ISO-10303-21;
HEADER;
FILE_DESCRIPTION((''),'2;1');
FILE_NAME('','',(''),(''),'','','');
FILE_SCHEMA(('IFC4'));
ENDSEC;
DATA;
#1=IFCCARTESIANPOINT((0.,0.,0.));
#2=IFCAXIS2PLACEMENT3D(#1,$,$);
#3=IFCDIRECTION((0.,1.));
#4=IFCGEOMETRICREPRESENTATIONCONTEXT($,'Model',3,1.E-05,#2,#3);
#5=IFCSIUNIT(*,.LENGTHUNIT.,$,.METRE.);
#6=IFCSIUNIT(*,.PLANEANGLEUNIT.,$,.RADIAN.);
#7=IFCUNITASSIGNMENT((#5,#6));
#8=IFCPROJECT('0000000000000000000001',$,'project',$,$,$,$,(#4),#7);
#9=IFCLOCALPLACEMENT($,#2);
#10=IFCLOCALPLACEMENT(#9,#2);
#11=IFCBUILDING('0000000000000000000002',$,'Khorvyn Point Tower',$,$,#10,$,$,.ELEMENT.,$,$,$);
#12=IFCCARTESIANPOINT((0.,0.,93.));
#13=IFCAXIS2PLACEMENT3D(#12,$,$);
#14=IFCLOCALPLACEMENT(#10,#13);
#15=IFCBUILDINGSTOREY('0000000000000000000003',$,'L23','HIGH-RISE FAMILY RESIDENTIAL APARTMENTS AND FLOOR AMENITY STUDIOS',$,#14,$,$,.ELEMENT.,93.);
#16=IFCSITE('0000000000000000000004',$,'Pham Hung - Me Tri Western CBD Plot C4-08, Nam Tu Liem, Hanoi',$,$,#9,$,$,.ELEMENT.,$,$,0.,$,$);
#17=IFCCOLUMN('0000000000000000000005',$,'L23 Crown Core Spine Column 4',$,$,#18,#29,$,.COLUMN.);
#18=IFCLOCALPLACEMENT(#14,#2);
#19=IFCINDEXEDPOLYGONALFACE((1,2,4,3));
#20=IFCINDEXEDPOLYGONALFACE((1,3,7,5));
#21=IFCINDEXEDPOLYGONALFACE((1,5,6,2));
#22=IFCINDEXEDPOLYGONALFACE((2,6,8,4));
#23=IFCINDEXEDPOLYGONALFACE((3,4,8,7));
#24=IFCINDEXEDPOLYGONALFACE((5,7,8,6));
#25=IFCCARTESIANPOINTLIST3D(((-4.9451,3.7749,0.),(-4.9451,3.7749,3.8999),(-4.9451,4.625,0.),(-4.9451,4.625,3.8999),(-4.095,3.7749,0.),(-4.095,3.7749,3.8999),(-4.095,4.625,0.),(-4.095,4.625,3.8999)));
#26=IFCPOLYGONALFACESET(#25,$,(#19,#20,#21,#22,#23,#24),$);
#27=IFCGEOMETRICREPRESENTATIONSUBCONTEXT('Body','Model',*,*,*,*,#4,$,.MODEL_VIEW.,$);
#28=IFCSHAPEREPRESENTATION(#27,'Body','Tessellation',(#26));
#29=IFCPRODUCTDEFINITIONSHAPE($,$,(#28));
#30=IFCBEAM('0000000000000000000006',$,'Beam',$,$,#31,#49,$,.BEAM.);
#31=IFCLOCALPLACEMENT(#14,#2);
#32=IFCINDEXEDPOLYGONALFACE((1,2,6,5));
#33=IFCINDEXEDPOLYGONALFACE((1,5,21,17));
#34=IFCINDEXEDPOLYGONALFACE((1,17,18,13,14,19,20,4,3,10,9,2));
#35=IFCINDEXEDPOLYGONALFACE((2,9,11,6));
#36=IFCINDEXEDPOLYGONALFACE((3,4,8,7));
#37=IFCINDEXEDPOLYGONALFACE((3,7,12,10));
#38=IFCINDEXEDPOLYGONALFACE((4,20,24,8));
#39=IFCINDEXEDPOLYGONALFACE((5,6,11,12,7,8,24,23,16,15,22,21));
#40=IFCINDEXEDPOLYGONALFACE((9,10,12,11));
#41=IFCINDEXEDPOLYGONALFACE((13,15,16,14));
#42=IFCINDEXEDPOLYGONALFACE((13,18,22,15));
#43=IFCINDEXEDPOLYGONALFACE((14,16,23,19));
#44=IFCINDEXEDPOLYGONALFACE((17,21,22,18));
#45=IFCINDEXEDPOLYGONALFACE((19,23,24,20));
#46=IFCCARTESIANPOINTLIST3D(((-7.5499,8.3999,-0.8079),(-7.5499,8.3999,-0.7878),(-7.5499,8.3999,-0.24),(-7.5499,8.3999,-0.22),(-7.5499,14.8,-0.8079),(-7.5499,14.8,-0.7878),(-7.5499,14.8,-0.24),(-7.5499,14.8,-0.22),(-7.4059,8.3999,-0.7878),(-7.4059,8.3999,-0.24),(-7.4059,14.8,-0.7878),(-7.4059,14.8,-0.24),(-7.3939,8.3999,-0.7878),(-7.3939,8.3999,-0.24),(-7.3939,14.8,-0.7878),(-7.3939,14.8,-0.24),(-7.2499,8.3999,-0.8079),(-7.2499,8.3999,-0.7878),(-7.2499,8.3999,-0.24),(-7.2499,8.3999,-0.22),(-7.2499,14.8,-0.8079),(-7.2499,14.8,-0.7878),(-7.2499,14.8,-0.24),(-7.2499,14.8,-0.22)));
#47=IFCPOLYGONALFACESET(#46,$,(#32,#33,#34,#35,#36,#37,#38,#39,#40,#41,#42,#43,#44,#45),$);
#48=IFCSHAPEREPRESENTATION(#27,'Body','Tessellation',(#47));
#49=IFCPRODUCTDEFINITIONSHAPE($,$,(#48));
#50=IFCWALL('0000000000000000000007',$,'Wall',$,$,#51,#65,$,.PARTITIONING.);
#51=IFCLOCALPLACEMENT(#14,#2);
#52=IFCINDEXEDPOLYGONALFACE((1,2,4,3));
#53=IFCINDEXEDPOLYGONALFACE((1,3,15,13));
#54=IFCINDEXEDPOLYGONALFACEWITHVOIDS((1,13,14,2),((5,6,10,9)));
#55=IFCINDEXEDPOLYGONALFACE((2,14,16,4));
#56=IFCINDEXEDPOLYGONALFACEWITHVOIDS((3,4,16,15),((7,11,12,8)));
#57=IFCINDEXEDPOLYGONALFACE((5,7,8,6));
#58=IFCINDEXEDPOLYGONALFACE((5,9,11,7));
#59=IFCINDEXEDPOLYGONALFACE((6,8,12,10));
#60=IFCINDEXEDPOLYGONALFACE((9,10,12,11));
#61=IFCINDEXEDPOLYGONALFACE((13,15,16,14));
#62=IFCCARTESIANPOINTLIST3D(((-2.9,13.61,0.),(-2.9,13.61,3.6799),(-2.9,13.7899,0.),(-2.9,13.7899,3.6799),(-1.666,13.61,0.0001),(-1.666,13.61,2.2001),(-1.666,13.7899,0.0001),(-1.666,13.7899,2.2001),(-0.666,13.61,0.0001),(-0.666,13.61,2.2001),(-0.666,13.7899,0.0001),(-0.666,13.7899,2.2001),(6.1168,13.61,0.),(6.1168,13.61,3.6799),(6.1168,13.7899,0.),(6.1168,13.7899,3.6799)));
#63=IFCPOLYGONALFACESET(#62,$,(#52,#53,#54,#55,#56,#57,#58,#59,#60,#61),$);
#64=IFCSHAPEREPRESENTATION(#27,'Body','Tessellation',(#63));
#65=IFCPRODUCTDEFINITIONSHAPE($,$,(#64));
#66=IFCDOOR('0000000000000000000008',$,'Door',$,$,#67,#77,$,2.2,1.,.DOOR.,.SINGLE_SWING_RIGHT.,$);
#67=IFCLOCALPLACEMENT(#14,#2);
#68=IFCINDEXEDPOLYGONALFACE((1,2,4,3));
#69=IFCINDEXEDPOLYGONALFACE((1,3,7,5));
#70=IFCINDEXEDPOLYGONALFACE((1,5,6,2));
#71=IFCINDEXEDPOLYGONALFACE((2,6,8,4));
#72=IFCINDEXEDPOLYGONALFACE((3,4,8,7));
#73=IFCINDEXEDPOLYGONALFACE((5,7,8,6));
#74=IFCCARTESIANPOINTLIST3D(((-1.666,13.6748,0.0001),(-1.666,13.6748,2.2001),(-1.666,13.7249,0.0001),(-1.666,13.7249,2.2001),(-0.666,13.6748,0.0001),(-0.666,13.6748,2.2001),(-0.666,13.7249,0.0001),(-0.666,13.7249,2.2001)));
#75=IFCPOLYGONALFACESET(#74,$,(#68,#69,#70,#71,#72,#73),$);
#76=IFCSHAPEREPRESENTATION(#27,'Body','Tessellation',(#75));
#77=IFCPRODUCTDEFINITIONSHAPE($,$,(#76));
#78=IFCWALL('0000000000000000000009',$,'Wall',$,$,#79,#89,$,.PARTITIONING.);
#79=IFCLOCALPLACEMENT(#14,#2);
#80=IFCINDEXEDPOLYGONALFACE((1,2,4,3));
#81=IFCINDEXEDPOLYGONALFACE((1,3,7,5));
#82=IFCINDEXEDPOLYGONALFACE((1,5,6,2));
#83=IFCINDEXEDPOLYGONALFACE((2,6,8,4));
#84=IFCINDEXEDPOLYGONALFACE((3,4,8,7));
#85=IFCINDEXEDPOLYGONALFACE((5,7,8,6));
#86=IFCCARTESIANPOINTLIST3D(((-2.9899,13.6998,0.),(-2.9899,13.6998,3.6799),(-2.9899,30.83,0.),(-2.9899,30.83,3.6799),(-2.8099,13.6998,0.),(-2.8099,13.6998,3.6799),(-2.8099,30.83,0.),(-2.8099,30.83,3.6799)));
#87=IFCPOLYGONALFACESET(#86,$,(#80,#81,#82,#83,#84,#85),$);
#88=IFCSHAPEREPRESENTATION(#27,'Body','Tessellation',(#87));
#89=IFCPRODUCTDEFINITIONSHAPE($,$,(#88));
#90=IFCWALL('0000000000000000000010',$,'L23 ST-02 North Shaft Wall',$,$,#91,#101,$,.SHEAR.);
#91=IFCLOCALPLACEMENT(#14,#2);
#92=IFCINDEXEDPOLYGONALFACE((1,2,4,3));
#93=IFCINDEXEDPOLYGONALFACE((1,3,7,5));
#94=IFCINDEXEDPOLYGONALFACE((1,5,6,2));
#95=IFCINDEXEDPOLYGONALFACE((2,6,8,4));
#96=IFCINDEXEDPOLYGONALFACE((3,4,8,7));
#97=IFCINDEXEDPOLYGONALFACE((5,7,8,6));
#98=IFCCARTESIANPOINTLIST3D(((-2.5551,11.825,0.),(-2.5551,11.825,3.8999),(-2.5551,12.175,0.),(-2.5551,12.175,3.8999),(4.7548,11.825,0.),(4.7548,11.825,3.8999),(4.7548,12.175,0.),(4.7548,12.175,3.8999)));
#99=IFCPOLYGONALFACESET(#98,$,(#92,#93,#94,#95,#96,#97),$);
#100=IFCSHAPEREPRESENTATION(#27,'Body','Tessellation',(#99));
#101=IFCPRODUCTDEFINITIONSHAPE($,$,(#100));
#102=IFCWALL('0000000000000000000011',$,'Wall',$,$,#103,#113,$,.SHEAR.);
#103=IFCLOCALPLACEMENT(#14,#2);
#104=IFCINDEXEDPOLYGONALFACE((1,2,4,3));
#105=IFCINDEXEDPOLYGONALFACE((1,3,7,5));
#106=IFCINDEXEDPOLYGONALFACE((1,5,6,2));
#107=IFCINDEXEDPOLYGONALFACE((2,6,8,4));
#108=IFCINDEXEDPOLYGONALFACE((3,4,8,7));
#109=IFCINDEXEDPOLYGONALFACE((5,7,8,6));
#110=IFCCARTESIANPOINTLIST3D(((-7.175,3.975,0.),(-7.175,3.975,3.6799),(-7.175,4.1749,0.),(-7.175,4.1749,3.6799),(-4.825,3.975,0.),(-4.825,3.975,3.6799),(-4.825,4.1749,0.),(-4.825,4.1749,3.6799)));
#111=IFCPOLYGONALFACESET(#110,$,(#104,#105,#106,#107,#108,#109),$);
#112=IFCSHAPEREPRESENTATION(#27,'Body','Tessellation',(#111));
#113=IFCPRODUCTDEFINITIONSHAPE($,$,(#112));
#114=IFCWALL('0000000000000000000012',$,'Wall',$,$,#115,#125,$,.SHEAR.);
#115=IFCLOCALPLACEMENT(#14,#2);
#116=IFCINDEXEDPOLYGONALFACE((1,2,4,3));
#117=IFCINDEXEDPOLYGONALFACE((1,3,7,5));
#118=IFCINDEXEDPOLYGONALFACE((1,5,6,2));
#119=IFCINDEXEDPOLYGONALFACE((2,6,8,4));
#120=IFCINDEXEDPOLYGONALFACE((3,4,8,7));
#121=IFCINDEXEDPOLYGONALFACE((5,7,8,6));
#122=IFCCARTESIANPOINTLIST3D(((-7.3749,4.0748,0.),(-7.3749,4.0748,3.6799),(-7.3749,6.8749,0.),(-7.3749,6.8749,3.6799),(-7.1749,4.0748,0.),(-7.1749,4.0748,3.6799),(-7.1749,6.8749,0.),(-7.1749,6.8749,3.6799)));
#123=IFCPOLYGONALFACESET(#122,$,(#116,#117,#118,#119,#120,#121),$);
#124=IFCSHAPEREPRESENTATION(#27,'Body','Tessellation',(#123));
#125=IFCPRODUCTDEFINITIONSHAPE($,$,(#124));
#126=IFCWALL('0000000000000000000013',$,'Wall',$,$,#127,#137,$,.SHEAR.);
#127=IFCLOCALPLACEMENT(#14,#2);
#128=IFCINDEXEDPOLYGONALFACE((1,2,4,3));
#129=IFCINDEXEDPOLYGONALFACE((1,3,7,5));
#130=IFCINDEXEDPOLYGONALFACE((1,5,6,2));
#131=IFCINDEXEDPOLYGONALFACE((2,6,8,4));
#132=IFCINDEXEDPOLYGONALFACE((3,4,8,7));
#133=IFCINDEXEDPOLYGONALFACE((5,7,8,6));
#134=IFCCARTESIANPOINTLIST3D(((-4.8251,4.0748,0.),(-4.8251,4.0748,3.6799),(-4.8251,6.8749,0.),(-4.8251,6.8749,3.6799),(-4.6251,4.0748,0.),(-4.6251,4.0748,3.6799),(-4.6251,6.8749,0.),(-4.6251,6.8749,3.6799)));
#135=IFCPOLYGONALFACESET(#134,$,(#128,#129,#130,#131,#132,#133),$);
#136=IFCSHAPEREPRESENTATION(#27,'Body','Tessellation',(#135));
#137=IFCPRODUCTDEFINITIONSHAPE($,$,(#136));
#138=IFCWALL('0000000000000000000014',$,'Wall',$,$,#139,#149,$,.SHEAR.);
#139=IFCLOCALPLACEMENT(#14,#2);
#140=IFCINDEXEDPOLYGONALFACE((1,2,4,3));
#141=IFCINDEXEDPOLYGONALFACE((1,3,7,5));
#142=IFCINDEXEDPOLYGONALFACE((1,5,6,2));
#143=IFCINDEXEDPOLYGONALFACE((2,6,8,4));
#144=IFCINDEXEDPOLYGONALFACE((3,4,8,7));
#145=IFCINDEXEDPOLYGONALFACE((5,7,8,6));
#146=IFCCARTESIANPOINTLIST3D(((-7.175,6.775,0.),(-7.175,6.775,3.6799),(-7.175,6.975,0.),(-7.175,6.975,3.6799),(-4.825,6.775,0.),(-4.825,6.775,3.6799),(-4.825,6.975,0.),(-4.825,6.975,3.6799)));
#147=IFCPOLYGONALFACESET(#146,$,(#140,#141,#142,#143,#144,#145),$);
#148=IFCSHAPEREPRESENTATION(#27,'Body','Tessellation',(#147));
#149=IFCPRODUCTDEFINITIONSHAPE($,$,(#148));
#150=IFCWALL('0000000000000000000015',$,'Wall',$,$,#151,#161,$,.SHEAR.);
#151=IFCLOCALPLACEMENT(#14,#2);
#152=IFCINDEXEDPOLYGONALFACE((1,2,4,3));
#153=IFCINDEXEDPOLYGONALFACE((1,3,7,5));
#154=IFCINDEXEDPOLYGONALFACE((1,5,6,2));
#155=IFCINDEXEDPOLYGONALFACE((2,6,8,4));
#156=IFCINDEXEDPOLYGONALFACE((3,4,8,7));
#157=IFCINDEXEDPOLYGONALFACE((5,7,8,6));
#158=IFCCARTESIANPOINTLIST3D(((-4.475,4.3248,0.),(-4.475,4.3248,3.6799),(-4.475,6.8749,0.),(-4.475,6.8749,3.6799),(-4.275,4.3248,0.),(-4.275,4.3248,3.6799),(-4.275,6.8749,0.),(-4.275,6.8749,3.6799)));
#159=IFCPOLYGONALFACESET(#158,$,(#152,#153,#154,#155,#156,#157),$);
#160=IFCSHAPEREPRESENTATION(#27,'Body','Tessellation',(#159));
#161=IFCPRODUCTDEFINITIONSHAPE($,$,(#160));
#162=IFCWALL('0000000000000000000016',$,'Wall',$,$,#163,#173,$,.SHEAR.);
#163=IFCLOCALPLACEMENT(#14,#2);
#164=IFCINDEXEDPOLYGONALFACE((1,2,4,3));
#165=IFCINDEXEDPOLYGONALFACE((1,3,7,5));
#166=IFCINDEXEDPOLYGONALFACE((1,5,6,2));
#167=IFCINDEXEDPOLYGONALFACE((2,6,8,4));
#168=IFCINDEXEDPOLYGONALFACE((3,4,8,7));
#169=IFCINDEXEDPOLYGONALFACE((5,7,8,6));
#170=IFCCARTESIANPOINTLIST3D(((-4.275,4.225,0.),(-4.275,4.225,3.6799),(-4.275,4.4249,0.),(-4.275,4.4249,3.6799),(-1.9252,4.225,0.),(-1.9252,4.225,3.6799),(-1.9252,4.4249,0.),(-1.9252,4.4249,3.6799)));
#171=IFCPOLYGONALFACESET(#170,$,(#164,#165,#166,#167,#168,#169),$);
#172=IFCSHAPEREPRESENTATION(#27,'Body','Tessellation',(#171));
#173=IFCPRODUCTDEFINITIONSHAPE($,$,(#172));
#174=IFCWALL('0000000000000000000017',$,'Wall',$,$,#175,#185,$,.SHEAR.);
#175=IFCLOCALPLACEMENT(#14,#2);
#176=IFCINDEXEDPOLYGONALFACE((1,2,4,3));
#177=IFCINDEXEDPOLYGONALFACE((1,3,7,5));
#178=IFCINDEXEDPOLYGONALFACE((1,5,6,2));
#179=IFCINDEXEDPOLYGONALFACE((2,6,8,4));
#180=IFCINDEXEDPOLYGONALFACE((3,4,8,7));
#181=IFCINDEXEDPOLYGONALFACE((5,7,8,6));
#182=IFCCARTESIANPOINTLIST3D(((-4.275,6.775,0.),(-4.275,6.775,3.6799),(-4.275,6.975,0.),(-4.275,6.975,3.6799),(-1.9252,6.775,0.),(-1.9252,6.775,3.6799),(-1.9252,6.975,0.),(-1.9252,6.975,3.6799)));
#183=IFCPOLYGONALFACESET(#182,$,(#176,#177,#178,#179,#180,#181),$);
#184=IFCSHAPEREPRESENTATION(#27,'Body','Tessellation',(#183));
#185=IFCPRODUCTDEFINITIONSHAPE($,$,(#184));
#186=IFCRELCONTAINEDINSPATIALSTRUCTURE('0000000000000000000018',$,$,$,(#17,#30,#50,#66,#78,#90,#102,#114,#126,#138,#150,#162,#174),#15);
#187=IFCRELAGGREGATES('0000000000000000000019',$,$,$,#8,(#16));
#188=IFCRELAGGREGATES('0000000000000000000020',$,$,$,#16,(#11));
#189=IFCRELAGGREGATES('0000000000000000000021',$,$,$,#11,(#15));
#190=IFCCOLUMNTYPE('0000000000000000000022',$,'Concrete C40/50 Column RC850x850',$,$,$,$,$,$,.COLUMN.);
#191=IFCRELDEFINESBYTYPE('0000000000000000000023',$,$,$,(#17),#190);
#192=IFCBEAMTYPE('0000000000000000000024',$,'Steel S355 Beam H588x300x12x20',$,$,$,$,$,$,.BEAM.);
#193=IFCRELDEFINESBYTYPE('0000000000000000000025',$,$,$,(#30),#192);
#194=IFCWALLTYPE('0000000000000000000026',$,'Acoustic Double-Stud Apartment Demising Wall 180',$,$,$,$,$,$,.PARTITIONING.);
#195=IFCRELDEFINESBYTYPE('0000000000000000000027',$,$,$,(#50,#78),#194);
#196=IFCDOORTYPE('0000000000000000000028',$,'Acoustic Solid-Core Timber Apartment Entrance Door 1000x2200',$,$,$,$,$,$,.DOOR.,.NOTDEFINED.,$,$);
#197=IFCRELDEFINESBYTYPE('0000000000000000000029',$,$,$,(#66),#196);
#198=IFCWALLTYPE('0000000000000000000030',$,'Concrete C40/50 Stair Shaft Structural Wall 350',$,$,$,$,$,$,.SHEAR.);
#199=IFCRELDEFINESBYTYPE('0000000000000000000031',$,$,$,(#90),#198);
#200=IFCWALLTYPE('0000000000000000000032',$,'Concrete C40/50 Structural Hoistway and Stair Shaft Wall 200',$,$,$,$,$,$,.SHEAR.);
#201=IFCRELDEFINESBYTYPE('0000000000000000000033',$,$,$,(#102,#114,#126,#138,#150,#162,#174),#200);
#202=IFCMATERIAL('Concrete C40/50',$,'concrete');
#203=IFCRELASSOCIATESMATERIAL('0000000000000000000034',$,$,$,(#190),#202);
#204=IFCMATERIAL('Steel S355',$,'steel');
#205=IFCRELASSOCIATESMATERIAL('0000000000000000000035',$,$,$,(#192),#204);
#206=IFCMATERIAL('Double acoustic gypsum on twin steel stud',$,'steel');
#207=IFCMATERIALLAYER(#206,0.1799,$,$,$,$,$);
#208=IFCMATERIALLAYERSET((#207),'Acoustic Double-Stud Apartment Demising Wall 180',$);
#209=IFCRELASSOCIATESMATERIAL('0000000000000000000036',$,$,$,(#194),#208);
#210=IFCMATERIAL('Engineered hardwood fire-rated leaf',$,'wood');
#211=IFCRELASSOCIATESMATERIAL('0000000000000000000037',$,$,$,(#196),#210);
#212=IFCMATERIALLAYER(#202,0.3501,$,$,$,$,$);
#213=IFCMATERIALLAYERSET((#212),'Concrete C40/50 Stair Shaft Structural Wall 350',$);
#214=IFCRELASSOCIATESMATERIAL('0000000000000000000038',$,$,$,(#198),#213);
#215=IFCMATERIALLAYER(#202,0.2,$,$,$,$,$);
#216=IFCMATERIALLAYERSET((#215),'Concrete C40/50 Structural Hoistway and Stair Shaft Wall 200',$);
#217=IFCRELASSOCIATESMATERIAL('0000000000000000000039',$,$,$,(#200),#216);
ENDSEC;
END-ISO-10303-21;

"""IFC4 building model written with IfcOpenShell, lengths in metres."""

from ifc_helpers import new_model, si_unit, direction, frame, frame_2d, origin, origin_2d, place, context, subcontext, project, spatial, rectangle, i_section, extrude, material, layer, layer_set, material_profile, profile_set, type_object, element, fill, save


model = new_model("IFC4")

# Units and contexts
model_context = context("Model", 3, precision=1e-05, world=origin(), true_north=direction((0.0, 1.0)))
body_context = subcontext(model_context, "Body", "Model", "MODEL_VIEW")
ifc_project = project(units=[si_unit("LENGTHUNIT", "METRE"), si_unit("PLANEANGLEUNIT", "RADIAN")], contexts=[model_context])

# Site, building, storey
site_placement = place(None, origin())
site = spatial("IfcSite", under=ifc_project, at=site_placement, Name="Pham Hung - Me Tri Western CBD Plot C4-08, Nam Tu Liem, Hanoi", CompositionType="ELEMENT", RefElevation=0.0)
building_placement = place(site_placement, origin())
building = spatial("IfcBuilding", under=site, at=building_placement, Name="Khorvyn Point Tower", CompositionType="ELEMENT")
storey_placement = place(building_placement, frame((0.0, 0.0, 93.0)))
storey = spatial("IfcBuildingStorey", under=building, at=storey_placement, Name="L23", Description="HIGH-RISE FAMILY RESIDENTIAL APARTMENTS AND FLOOR AMENITY STUDIOS", CompositionType="ELEMENT", Elevation=93.0)

# Column
ifc_material_1 = material(Name="Concrete C40/50", Category="concrete")
ifc_material_profile_1 = material_profile(ifc_material_1, rectangle(XDim=0.8501, YDim=0.8501, at=origin_2d()))
ifc_profile_set_1 = profile_set([ifc_material_profile_1], Name="Concrete C40/50 RC850x850")
column_type = type_object("IfcColumnType", Name="Concrete C40/50 Column RC850x850", PredefinedType="COLUMN", material=ifc_profile_set_1)
column_placement = place(storey_placement, frame((-4.52, 4.2, 0.0), z_axis=(0.0, 0.0, 1.0), x_axis=(1.0, 0.0, 0.0)))
element("IfcColumn", 1, at=column_placement, inside=storey, type_object=column_type, Name="L23 Crown Core Spine Column 4", PredefinedType="COLUMN", context=body_context, shape_type="SweptSolid", body=[
    extrude(rectangle(XDim=0.8501, YDim=0.8501, at=origin_2d()), origin(), (0.0, 0.0, 1.0), 3.8999),
])

# Beam
ifc_material_2 = material(Name="Steel S355", Category="steel")
ifc_material_profile_2 = material_profile(ifc_material_2, i_section(OverallWidth=0.3, OverallDepth=0.5879, WebThickness=0.012, FlangeThickness=0.02, at=origin_2d()))
ifc_profile_set_2 = profile_set([ifc_material_profile_2], Name="Steel S355 H588x300x12x20")
beam_type = type_object("IfcBeamType", Name="Steel S355 Beam H588x300x12x20", PredefinedType="BEAM", material=ifc_profile_set_2)
beam_placement = place(storey_placement, frame((-7.3999, 8.3999, -0.5139), z_axis=(0.0, 1.0, 0.0), x_axis=(-1.0, 0.0, 0.0)))
element("IfcBeam", 2, at=beam_placement, inside=storey, type_object=beam_type, Name="Beam", PredefinedType="BEAM", context=body_context, shape_type="SweptSolid", body=[
    extrude(i_section(OverallWidth=0.3, OverallDepth=0.5879, WebThickness=0.012, FlangeThickness=0.02, at=origin_2d()), origin(), (0.0, 0.0, 1.0), 6.4001),
])

# Wall, opening, door
ifc_material_3 = material(Name="Double acoustic gypsum on twin steel stud", Category="steel")
ifc_layer_1 = layer(ifc_material_3, 0.1799)
ifc_layer_set_1 = layer_set([ifc_layer_1], Name="Acoustic Double-Stud Apartment Demising Wall 180")
wall_type_1 = type_object("IfcWallType", Name="Acoustic Double-Stud Apartment Demising Wall 180", PredefinedType="PARTITIONING", material=ifc_layer_set_1)
wall_1_placement = place(storey_placement, frame((-2.8999, 13.7, 0.0), z_axis=(0.0, 0.0, 1.0), x_axis=(1.0, 0.0, 0.0)))
wall_1 = element("IfcWall", 3, at=wall_1_placement, inside=storey, type_object=wall_type_1, Name="Wall", PredefinedType="PARTITIONING", context=body_context, shape_type="SweptSolid", body=[
    extrude(rectangle(XDim=9.0168, YDim=0.1799, at=frame_2d((4.5083, 0.0))), origin(), (0.0, 0.0, 1.0), 3.6799),
])
opening_1_placement = place(wall_1_placement, frame((1.2339, 0.0, 0.0)))
opening_1 = element("IfcOpeningElement", 4, at=opening_1_placement, cuts=wall_1, PredefinedType="OPENING", context=body_context, shape_type="SweptSolid", body=[
    extrude(rectangle(XDim=1.0, YDim=2.2, at=frame_2d((0.5, 1.1001))), frame((0.0, 0.0999, 0.0), z_axis=(0.0, -1.0, 0.0), x_axis=(1.0, 0.0, 0.0)), (0.0, 0.0, 1.0), 0.2),
])
ifc_material_4 = material(Name="Engineered hardwood fire-rated leaf", Category="wood")
door_type_1 = type_object("IfcDoorType", Name="Acoustic Solid-Core Timber Apartment Entrance Door 1000x2200", OperationType="NOTDEFINED", PredefinedType="DOOR", material=ifc_material_4)
door_1_placement = place(opening_1_placement, origin())
door_1 = element("IfcDoor", 5, at=door_1_placement, inside=storey, type_object=door_type_1, Name="Door", OperationType="SINGLE_SWING_RIGHT", OverallHeight=2.2, OverallWidth=1.0, PredefinedType="DOOR", context=body_context, shape_type="SweptSolid", body=[
    extrude(rectangle(XDim=1.0, YDim=2.2, at=frame_2d((0.5, 1.1001))), frame((0.0, 0.0249, 0.0), z_axis=(0.0, -1.0, 0.0), x_axis=(1.0, 0.0, 0.0)), (0.0, 0.0, 1.0), 0.05),
])
fill(opening_1, door_1)

# Walls
wall_2_placement = place(storey_placement, frame((-2.8999, 13.7, 0.0), z_axis=(0.0, 0.0, 1.0), x_axis=(0.0, 1.0, 0.0)))
element("IfcWall", 6, at=wall_2_placement, inside=storey, type_object=wall_type_1, Name="Wall", PredefinedType="PARTITIONING", context=body_context, shape_type="SweptSolid", body=[
    extrude(rectangle(XDim=17.1301, YDim=0.1799, at=frame_2d((8.5649, 0.0))), origin(), (0.0, 0.0, 1.0), 3.6799),
])
ifc_layer_2 = layer(ifc_material_1, 0.3501)
ifc_layer_set_2 = layer_set([ifc_layer_2], Name="Concrete C40/50 Stair Shaft Structural Wall 350")
wall_type_2 = type_object("IfcWallType", Name="Concrete C40/50 Stair Shaft Structural Wall 350", PredefinedType="SHEAR", material=ifc_layer_set_2)
wall_3_placement = place(storey_placement, frame((-2.5549, 12.0, 0.0), z_axis=(0.0, 0.0, 1.0), x_axis=(1.0, 0.0, 0.0)))
element("IfcWall", 7, at=wall_3_placement, inside=storey, type_object=wall_type_2, Name="L23 ST-02 North Shaft Wall", PredefinedType="SHEAR", context=body_context, shape_type="SweptSolid", body=[
    extrude(rectangle(XDim=7.3098, YDim=0.3501, at=frame_2d((3.6548, 0.0))), origin(), (0.0, 0.0, 1.0), 3.8999),
])
ifc_layer_3 = layer(ifc_material_1, 0.2)
ifc_layer_set_3 = layer_set([ifc_layer_3], Name="Concrete C40/50 Structural Hoistway and Stair Shaft Wall 200")
wall_type_3 = type_object("IfcWallType", Name="Concrete C40/50 Structural Hoistway and Stair Shaft Wall 200", PredefinedType="SHEAR", material=ifc_layer_set_3)
wall_4_placement = place(storey_placement, frame((-7.175, 4.075, 0.0), z_axis=(0.0, 0.0, 1.0), x_axis=(1.0, 0.0, 0.0)))
element("IfcWall", 8, at=wall_4_placement, inside=storey, type_object=wall_type_3, Name="Wall", PredefinedType="SHEAR", context=body_context, shape_type="SweptSolid", body=[
    extrude(rectangle(XDim=2.3501, YDim=0.2, at=frame_2d((1.175, 0.0))), origin(), (0.0, 0.0, 1.0), 3.6799),
])
for number, where, z_axis, x_axis, name in (
    (9, (-7.2749, 4.075, 0.0), (0.0, 0.0, 1.0), (0.0, 1.0, 0.0), "Wall"),
    (10, (-4.7251, 4.075, 0.0), (0.0, 0.0, 1.0), (0.0, 1.0, 0.0), "Wall"),
):
    element("IfcWall", number, at=place(storey_placement, frame(where, z_axis=z_axis, x_axis=x_axis)), inside=storey, type_object=wall_type_3, Name=name, PredefinedType="SHEAR", context=body_context, shape_type="SweptSolid", body=[
        extrude(rectangle(XDim=2.8, YDim=0.2, at=frame_2d((1.3999, 0.0))), origin(), (0.0, 0.0, 1.0), 3.6799),
    ])
wall_5_placement = place(storey_placement, frame((-7.175, 6.875, 0.0), z_axis=(0.0, 0.0, 1.0), x_axis=(1.0, 0.0, 0.0)))
element("IfcWall", 11, at=wall_5_placement, inside=storey, type_object=wall_type_3, Name="Wall", PredefinedType="SHEAR", context=body_context, shape_type="SweptSolid", body=[
    extrude(rectangle(XDim=2.3501, YDim=0.2, at=frame_2d((1.175, 0.0))), origin(), (0.0, 0.0, 1.0), 3.6799),
])
wall_6_placement = place(storey_placement, frame((-4.375, 4.325, 0.0), z_axis=(0.0, 0.0, 1.0), x_axis=(0.0, 1.0, 0.0)))
element("IfcWall", 12, at=wall_6_placement, inside=storey, type_object=wall_type_3, Name="Wall", PredefinedType="SHEAR", context=body_context, shape_type="SweptSolid", body=[
    extrude(rectangle(XDim=2.55, YDim=0.2, at=frame_2d((1.2749, 0.0))), origin(), (0.0, 0.0, 1.0), 3.6799),
])
for number, where, z_axis, x_axis, name in (
    (13, (-4.2749, 4.325, 0.0), (0.0, 0.0, 1.0), (1.0, 0.0, 0.0), "Wall"),
    (14, (-4.2749, 6.875, 0.0), (0.0, 0.0, 1.0), (1.0, 0.0, 0.0), "Wall"),
):
    element("IfcWall", number, at=place(storey_placement, frame(where, z_axis=z_axis, x_axis=x_axis)), inside=storey, type_object=wall_type_3, Name=name, PredefinedType="SHEAR", context=body_context, shape_type="SweptSolid", body=[
        extrude(rectangle(XDim=2.3499, YDim=0.2, at=frame_2d((1.1748, 0.0))), origin(), (0.0, 0.0, 1.0), 3.6799),
    ])

save(model, "model.ifc")
